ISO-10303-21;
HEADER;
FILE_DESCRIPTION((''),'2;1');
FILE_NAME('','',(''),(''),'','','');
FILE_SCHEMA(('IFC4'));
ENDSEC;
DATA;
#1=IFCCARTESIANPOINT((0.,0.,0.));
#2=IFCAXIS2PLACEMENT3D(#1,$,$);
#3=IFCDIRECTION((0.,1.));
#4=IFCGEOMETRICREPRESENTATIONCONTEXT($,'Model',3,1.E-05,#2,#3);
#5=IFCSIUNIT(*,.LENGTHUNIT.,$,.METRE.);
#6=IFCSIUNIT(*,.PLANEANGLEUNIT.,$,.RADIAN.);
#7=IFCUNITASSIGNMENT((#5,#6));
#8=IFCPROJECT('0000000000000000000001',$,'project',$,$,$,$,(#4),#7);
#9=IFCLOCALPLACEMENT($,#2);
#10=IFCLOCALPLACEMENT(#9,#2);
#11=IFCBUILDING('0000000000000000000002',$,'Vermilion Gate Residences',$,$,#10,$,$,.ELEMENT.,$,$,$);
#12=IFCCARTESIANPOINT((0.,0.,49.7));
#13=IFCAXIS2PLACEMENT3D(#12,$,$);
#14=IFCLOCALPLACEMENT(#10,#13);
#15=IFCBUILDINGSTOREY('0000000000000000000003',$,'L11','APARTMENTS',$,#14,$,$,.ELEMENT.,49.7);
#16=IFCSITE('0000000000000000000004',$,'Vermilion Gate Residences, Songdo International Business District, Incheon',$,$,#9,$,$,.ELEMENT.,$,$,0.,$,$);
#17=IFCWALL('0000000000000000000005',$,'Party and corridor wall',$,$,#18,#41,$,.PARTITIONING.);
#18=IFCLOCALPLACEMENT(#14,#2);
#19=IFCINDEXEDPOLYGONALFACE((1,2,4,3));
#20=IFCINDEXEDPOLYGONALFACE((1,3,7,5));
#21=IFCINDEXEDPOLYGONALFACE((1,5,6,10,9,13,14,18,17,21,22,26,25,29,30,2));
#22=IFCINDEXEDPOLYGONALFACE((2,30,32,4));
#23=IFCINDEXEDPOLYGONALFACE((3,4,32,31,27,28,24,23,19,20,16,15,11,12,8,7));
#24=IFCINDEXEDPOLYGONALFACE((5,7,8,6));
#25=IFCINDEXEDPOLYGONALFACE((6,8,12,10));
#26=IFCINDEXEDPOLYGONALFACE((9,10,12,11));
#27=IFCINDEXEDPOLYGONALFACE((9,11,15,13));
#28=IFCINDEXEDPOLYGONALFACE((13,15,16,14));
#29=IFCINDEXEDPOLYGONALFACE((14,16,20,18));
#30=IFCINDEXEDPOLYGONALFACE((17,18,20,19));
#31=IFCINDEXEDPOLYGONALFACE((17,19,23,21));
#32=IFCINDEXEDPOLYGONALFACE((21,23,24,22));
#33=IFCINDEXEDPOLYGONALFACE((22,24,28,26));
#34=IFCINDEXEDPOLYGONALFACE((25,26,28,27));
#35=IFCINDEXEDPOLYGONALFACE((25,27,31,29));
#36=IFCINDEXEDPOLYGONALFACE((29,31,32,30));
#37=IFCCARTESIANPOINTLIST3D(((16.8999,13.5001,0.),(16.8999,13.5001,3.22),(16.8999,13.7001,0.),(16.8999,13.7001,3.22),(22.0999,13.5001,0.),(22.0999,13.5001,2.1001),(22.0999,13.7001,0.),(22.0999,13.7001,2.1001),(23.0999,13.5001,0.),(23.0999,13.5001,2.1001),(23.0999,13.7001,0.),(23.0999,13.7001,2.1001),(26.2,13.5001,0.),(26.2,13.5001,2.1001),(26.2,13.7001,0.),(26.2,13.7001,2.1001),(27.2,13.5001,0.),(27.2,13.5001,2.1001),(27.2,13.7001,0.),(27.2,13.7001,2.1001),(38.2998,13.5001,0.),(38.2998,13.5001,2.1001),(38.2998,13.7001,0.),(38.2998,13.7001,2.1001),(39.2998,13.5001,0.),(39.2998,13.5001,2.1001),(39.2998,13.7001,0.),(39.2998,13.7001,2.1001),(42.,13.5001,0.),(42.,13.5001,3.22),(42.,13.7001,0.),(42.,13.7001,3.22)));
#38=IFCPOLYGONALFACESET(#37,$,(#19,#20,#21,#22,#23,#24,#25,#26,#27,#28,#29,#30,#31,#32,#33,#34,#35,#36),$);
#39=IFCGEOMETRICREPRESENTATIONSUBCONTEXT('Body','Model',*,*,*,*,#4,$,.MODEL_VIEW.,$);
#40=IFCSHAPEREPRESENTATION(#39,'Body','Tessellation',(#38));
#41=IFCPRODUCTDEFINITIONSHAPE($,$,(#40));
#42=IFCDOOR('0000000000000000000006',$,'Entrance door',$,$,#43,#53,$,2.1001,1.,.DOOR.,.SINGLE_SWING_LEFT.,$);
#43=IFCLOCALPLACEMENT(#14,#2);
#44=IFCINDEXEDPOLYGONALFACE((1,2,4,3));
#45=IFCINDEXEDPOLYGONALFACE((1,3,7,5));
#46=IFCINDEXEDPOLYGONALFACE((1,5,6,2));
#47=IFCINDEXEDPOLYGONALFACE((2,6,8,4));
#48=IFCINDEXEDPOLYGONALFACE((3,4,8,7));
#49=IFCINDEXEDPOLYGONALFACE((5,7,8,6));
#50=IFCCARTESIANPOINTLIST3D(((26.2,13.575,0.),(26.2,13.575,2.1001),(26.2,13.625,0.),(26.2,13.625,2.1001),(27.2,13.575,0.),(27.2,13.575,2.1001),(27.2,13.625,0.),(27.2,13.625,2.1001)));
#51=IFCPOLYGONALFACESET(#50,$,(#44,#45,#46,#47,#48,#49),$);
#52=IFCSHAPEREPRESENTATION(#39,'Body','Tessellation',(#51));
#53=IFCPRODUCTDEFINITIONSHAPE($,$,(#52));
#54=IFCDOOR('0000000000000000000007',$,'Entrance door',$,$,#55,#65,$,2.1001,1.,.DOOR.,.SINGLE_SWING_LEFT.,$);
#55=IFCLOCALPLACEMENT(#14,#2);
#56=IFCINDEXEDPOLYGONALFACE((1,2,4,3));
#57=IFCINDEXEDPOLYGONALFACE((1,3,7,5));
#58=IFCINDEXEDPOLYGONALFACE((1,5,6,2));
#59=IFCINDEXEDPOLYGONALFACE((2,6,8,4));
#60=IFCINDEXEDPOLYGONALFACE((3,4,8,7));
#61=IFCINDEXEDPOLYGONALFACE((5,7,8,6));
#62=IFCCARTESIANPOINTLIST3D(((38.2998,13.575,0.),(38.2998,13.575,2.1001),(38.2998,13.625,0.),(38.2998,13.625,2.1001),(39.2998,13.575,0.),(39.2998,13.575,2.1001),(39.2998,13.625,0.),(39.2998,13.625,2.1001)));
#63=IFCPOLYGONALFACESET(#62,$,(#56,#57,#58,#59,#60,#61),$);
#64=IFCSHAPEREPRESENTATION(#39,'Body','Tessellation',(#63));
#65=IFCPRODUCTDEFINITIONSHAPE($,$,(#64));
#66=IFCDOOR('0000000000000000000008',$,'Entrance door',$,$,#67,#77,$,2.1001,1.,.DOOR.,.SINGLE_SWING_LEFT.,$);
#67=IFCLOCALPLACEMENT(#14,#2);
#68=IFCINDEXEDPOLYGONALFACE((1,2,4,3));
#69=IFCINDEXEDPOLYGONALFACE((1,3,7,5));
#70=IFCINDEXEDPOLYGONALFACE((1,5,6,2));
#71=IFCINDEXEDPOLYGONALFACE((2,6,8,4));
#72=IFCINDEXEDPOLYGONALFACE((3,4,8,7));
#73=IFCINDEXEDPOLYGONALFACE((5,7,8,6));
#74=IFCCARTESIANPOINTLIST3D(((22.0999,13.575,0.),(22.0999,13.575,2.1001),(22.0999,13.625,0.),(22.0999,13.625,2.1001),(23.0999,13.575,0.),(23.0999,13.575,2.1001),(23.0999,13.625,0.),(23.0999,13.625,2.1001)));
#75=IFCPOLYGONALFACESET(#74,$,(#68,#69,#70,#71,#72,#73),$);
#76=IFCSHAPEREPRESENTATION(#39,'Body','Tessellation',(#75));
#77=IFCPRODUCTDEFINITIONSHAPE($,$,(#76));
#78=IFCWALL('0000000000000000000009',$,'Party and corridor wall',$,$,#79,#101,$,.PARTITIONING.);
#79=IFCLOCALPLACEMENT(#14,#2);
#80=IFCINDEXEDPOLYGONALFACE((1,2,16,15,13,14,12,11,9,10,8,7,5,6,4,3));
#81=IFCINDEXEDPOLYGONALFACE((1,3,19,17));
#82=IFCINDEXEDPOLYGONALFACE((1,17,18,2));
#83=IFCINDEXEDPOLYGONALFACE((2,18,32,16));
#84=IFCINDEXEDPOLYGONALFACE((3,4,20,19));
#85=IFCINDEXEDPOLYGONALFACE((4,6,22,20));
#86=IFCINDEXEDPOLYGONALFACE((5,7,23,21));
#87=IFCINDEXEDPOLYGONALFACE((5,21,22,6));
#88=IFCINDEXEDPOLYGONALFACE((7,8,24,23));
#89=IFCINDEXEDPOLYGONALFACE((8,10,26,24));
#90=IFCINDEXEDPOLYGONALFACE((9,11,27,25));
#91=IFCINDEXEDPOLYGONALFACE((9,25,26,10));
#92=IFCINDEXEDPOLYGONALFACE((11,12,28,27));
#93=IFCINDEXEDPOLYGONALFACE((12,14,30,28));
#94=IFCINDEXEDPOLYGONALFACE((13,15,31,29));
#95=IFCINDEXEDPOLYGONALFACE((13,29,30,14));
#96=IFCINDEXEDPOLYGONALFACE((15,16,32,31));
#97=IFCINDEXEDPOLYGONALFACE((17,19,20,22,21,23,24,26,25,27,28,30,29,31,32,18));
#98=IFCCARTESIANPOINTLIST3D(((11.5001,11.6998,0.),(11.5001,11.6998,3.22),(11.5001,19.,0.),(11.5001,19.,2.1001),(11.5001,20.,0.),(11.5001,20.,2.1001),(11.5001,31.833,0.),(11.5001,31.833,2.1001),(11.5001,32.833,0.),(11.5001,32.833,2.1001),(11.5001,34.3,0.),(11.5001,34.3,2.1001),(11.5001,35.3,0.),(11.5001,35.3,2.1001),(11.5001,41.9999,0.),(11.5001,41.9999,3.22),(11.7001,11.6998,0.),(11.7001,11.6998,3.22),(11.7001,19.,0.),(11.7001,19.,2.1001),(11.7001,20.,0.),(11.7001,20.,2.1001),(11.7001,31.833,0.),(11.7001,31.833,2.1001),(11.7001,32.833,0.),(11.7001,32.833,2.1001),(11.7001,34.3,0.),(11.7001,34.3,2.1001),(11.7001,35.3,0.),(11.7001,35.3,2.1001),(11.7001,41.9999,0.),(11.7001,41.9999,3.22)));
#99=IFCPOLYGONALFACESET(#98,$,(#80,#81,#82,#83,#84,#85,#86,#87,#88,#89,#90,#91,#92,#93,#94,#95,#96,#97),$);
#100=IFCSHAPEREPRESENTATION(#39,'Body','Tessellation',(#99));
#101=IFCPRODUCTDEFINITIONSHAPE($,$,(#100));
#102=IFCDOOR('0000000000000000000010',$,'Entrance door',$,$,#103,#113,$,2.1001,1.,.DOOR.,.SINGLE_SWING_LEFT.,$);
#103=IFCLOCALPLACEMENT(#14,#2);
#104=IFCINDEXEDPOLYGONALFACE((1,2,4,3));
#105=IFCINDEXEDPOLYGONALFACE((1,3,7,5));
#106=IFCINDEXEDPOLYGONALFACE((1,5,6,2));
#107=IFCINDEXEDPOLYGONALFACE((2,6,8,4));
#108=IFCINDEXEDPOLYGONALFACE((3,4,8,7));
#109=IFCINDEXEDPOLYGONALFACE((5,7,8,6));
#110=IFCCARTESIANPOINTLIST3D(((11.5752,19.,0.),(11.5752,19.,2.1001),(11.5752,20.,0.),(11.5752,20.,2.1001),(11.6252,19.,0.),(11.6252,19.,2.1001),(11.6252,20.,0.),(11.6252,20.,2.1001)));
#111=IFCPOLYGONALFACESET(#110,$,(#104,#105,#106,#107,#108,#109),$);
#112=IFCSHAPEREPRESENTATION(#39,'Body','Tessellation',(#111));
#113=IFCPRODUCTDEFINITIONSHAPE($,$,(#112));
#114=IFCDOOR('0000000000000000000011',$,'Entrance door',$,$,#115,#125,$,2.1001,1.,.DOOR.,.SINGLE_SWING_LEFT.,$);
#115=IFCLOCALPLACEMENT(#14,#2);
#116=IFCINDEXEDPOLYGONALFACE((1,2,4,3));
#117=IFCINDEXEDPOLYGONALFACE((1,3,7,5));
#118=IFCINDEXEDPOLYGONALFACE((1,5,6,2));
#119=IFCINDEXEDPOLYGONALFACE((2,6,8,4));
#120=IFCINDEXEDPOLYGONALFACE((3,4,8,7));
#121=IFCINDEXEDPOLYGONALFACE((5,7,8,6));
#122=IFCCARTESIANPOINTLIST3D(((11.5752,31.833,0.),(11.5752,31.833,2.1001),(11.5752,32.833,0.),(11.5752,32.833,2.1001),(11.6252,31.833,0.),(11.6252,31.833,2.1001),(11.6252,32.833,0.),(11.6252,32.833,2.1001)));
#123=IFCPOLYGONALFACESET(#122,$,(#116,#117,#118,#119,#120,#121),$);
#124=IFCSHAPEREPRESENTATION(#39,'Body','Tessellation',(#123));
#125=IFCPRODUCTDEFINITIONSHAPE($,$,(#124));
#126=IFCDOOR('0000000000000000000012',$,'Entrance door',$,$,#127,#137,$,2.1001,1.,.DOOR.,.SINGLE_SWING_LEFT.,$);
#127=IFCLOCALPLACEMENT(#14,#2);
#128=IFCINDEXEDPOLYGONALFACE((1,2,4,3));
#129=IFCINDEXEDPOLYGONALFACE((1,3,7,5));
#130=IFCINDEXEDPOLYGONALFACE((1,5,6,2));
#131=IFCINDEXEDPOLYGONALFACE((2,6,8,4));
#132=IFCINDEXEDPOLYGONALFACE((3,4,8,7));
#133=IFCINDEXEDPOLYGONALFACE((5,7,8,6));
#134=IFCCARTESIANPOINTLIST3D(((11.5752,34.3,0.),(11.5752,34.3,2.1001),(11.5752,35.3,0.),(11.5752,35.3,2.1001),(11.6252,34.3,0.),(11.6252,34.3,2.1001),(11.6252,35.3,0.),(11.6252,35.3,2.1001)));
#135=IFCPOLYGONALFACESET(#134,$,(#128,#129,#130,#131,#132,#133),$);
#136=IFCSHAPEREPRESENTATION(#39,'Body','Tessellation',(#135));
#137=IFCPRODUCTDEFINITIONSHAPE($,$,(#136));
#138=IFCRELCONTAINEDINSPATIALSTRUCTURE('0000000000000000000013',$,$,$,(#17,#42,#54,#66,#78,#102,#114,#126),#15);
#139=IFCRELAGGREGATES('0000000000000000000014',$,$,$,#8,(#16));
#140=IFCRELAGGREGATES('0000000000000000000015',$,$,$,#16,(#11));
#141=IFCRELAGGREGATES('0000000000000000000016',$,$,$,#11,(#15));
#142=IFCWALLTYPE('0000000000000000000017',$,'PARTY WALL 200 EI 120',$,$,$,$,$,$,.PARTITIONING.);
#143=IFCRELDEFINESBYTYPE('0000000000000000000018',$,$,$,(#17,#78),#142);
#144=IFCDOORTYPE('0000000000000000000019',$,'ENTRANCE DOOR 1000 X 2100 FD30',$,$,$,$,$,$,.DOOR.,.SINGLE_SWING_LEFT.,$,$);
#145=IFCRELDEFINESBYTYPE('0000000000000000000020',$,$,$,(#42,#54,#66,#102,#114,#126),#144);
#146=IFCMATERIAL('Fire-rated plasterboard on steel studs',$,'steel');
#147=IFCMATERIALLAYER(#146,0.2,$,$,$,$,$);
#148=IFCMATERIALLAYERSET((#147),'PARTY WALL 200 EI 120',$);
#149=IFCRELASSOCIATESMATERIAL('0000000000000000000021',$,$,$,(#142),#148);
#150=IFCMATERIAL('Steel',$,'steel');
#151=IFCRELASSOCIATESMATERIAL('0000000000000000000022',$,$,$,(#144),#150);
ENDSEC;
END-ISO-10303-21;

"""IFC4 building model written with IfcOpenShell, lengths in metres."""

from ifc_helpers import new_model, si_unit, direction, frame, frame_2d, origin, place, context, subcontext, project, spatial, rectangle, extrude, material, layer, layer_set, type_object, element, fill, save


model = new_model("IFC4")

# Units and contexts
model_context = context("Model", 3, precision=1e-05, world=origin(), true_north=direction((0.0, 1.0)))
body_context = subcontext(model_context, "Body", "Model", "MODEL_VIEW")
ifc_project = project(units=[si_unit("LENGTHUNIT", "METRE"), si_unit("PLANEANGLEUNIT", "RADIAN")], contexts=[model_context])

# Site, building, storey
site_placement = place(None, origin())
site = spatial("IfcSite", under=ifc_project, at=site_placement, Name="Vermilion Gate Residences, Songdo International Business District, Incheon", CompositionType="ELEMENT", RefElevation=0.0)
building_placement = place(site_placement, origin())
building = spatial("IfcBuilding", under=site, at=building_placement, Name="Vermilion Gate Residences", CompositionType="ELEMENT")
storey_placement = place(building_placement, frame((0.0, 0.0, 49.7)))
storey = spatial("IfcBuildingStorey", under=building, at=storey_placement, Name="L11", Description="APARTMENTS", CompositionType="ELEMENT", Elevation=49.7)

# Walls, openings, doors
ifc_material_1 = material(Name="Fire-rated plasterboard on steel studs", Category="steel")
ifc_layer_1 = layer(ifc_material_1, 0.2)
ifc_layer_set_1 = layer_set([ifc_layer_1], Name="PARTY WALL 200 EI 120")
wall_type_1 = type_object("IfcWallType", Name="PARTY WALL 200 EI 120", PredefinedType="PARTITIONING", material=ifc_layer_set_1)
ifc_material_2 = material(Name="Steel", Category="steel")
door_type_1 = type_object("IfcDoorType", Name="ENTRANCE DOOR 1000 X 2100 FD30", OperationType="SINGLE_SWING_LEFT", PredefinedType="DOOR", material=ifc_material_2)
wall_1_placement = place(storey_placement, frame((16.8999, 13.6001, 0.0), z_axis=(0.0, 0.0, 1.0), x_axis=(1.0, 0.0, 0.0)))
wall_1 = element("IfcWall", 1, at=wall_1_placement, inside=storey, type_object=wall_type_1, Name="Party and corridor wall", PredefinedType="PARTITIONING", context=body_context, shape_type="SweptSolid", body=[
    extrude(rectangle(XDim=25.1001, YDim=0.2, at=frame_2d((12.55, 0.0))), origin(), (0.0, 0.0, 1.0), 3.22),
])
opening_1_placement = place(wall_1_placement, frame((9.3, 0.0, 0.0)))
opening_1 = element("IfcOpeningElement", 2, at=opening_1_placement, cuts=wall_1, PredefinedType="OPENING", context=body_context, shape_type="SweptSolid", body=[
    extrude(rectangle(XDim=1.0, YDim=2.1001, at=frame_2d((0.5, 1.05))), frame((0.0, 0.1099, 0.0), z_axis=(0.0, -1.0, 0.0), x_axis=(1.0, 0.0, 0.0)), (0.0, 0.0, 1.0), 0.22),
])
opening_2_placement = place(wall_1_placement, frame((21.3999, 0.0, 0.0)))
opening_2 = element("IfcOpeningElement", 3, at=opening_2_placement, cuts=wall_1, PredefinedType="OPENING", context=body_context, shape_type="SweptSolid", body=[
    extrude(rectangle(XDim=1.0, YDim=2.1001, at=frame_2d((0.5, 1.05))), frame((0.0, 0.1099, 0.0), z_axis=(0.0, -1.0, 0.0), x_axis=(1.0, 0.0, 0.0)), (0.0, 0.0, 1.0), 0.22),
])
opening_3_placement = place(wall_1_placement, frame((5.2, 0.0, 0.0)))
opening_3 = element("IfcOpeningElement", 4, at=opening_3_placement, cuts=wall_1, PredefinedType="OPENING", context=body_context, shape_type="SweptSolid", body=[
    extrude(rectangle(XDim=1.0, YDim=2.1001, at=frame_2d((0.5, 1.05))), frame((0.0, 0.1099, 0.0), z_axis=(0.0, -1.0, 0.0), x_axis=(1.0, 0.0, 0.0)), (0.0, 0.0, 1.0), 0.22),
])
door_1_placement = place(opening_1_placement, origin())
door_1 = element("IfcDoor", 5, at=door_1_placement, inside=storey, type_object=door_type_1, Name="Entrance door", OperationType="SINGLE_SWING_LEFT", OverallHeight=2.1001, OverallWidth=1.0, PredefinedType="DOOR", context=body_context, shape_type="SweptSolid", body=[
    extrude(rectangle(XDim=1.0, YDim=2.1001, at=frame_2d((0.5, 1.05))), frame((0.0, 0.0249, 0.0), z_axis=(0.0, -1.0, 0.0), x_axis=(1.0, 0.0, 0.0)), (0.0, 0.0, 1.0), 0.05),
])
fill(opening_1, door_1)
door_2_placement = place(opening_2_placement, origin())
door_2 = element("IfcDoor", 6, at=door_2_placement, inside=storey, type_object=door_type_1, Name="Entrance door", OperationType="SINGLE_SWING_LEFT", OverallHeight=2.1001, OverallWidth=1.0, PredefinedType="DOOR", context=body_context, shape_type="SweptSolid", body=[
    extrude(rectangle(XDim=1.0, YDim=2.1001, at=frame_2d((0.5, 1.05))), frame((0.0, 0.0249, 0.0), z_axis=(0.0, -1.0, 0.0), x_axis=(1.0, 0.0, 0.0)), (0.0, 0.0, 1.0), 0.05),
])
fill(opening_2, door_2)
door_3_placement = place(opening_3_placement, origin())
door_3 = element("IfcDoor", 7, at=door_3_placement, inside=storey, type_object=door_type_1, Name="Entrance door", OperationType="SINGLE_SWING_LEFT", OverallHeight=2.1001, OverallWidth=1.0, PredefinedType="DOOR", context=body_context, shape_type="SweptSolid", body=[
    extrude(rectangle(XDim=1.0, YDim=2.1001, at=frame_2d((0.5, 1.05))), frame((0.0, 0.0249, 0.0), z_axis=(0.0, -1.0, 0.0), x_axis=(1.0, 0.0, 0.0)), (0.0, 0.0, 1.0), 0.05),
])
fill(opening_3, door_3)
wall_2_placement = place(storey_placement, frame((11.6001, 11.7, 0.0), z_axis=(0.0, 0.0, 1.0), x_axis=(0.0, 1.0, 0.0)))
wall_2 = element("IfcWall", 8, at=wall_2_placement, inside=storey, type_object=wall_type_1, Name="Party and corridor wall", PredefinedType="PARTITIONING", context=body_context, shape_type="SweptSolid", body=[
    extrude(rectangle(XDim=30.3, YDim=0.2, at=frame_2d((15.1499, 0.0))), origin(), (0.0, 0.0, 1.0), 3.22),
])
opening_4_placement = place(wall_2_placement, frame((7.3, 0.0, 0.0)))
opening_4 = element("IfcOpeningElement", 9, at=opening_4_placement, cuts=wall_2, PredefinedType="OPENING", context=body_context, shape_type="SweptSolid", body=[
    extrude(rectangle(XDim=1.0, YDim=2.1001, at=frame_2d((0.5, 1.05))), frame((0.0, 0.1099, 0.0), z_axis=(0.0, -1.0, 0.0), x_axis=(1.0, 0.0, 0.0)), (0.0, 0.0, 1.0), 0.22),
])
opening_5_placement = place(wall_2_placement, frame((20.1331, 0.0, 0.0)))
opening_5 = element("IfcOpeningElement", 10, at=opening_5_placement, cuts=wall_2, PredefinedType="OPENING", context=body_context, shape_type="SweptSolid", body=[
    extrude(rectangle(XDim=1.0, YDim=2.1001, at=frame_2d((0.5, 1.05))), frame((0.0, 0.1099, 0.0), z_axis=(0.0, -1.0, 0.0), x_axis=(1.0, 0.0, 0.0)), (0.0, 0.0, 1.0), 0.22),
])
opening_6_placement = place(wall_2_placement, frame((22.6001, 0.0, 0.0)))
opening_6 = element("IfcOpeningElement", 11, at=opening_6_placement, cuts=wall_2, PredefinedType="OPENING", context=body_context, shape_type="SweptSolid", body=[
    extrude(rectangle(XDim=1.0, YDim=2.1001, at=frame_2d((0.5, 1.05))), frame((0.0, 0.1099, 0.0), z_axis=(0.0, -1.0, 0.0), x_axis=(1.0, 0.0, 0.0)), (0.0, 0.0, 1.0), 0.22),
])
door_4_placement = place(opening_4_placement, origin())
door_4 = element("IfcDoor", 12, at=door_4_placement, inside=storey, type_object=door_type_1, Name="Entrance door", OperationType="SINGLE_SWING_LEFT", OverallHeight=2.1001, OverallWidth=1.0, PredefinedType="DOOR", context=body_context, shape_type="SweptSolid", body=[
    extrude(rectangle(XDim=1.0, YDim=2.1001, at=frame_2d((0.5, 1.05))), frame((0.0, 0.0249, 0.0), z_axis=(0.0, -1.0, 0.0), x_axis=(1.0, 0.0, 0.0)), (0.0, 0.0, 1.0), 0.05),
])
fill(opening_4, door_4)
door_5_placement = place(opening_5_placement, origin())
door_5 = element("IfcDoor", 13, at=door_5_placement, inside=storey, type_object=door_type_1, Name="Entrance door", OperationType="SINGLE_SWING_LEFT", OverallHeight=2.1001, OverallWidth=1.0, PredefinedType="DOOR", context=body_context, shape_type="SweptSolid", body=[
    extrude(rectangle(XDim=1.0, YDim=2.1001, at=frame_2d((0.5, 1.05))), frame((0.0, 0.0249, 0.0), z_axis=(0.0, -1.0, 0.0), x_axis=(1.0, 0.0, 0.0)), (0.0, 0.0, 1.0), 0.05),
])
fill(opening_5, door_5)
door_6_placement = place(opening_6_placement, origin())
door_6 = element("IfcDoor", 14, at=door_6_placement, inside=storey, type_object=door_type_1, Name="Entrance door", OperationType="SINGLE_SWING_LEFT", OverallHeight=2.1001, OverallWidth=1.0, PredefinedType="DOOR", context=body_context, shape_type="SweptSolid", body=[
    extrude(rectangle(XDim=1.0, YDim=2.1001, at=frame_2d((0.5, 1.05))), frame((0.0, 0.0249, 0.0), z_axis=(0.0, -1.0, 0.0), x_axis=(1.0, 0.0, 0.0)), (0.0, 0.0, 1.0), 0.05),
])
fill(opening_6, door_6)

save(model, "model.ifc")
